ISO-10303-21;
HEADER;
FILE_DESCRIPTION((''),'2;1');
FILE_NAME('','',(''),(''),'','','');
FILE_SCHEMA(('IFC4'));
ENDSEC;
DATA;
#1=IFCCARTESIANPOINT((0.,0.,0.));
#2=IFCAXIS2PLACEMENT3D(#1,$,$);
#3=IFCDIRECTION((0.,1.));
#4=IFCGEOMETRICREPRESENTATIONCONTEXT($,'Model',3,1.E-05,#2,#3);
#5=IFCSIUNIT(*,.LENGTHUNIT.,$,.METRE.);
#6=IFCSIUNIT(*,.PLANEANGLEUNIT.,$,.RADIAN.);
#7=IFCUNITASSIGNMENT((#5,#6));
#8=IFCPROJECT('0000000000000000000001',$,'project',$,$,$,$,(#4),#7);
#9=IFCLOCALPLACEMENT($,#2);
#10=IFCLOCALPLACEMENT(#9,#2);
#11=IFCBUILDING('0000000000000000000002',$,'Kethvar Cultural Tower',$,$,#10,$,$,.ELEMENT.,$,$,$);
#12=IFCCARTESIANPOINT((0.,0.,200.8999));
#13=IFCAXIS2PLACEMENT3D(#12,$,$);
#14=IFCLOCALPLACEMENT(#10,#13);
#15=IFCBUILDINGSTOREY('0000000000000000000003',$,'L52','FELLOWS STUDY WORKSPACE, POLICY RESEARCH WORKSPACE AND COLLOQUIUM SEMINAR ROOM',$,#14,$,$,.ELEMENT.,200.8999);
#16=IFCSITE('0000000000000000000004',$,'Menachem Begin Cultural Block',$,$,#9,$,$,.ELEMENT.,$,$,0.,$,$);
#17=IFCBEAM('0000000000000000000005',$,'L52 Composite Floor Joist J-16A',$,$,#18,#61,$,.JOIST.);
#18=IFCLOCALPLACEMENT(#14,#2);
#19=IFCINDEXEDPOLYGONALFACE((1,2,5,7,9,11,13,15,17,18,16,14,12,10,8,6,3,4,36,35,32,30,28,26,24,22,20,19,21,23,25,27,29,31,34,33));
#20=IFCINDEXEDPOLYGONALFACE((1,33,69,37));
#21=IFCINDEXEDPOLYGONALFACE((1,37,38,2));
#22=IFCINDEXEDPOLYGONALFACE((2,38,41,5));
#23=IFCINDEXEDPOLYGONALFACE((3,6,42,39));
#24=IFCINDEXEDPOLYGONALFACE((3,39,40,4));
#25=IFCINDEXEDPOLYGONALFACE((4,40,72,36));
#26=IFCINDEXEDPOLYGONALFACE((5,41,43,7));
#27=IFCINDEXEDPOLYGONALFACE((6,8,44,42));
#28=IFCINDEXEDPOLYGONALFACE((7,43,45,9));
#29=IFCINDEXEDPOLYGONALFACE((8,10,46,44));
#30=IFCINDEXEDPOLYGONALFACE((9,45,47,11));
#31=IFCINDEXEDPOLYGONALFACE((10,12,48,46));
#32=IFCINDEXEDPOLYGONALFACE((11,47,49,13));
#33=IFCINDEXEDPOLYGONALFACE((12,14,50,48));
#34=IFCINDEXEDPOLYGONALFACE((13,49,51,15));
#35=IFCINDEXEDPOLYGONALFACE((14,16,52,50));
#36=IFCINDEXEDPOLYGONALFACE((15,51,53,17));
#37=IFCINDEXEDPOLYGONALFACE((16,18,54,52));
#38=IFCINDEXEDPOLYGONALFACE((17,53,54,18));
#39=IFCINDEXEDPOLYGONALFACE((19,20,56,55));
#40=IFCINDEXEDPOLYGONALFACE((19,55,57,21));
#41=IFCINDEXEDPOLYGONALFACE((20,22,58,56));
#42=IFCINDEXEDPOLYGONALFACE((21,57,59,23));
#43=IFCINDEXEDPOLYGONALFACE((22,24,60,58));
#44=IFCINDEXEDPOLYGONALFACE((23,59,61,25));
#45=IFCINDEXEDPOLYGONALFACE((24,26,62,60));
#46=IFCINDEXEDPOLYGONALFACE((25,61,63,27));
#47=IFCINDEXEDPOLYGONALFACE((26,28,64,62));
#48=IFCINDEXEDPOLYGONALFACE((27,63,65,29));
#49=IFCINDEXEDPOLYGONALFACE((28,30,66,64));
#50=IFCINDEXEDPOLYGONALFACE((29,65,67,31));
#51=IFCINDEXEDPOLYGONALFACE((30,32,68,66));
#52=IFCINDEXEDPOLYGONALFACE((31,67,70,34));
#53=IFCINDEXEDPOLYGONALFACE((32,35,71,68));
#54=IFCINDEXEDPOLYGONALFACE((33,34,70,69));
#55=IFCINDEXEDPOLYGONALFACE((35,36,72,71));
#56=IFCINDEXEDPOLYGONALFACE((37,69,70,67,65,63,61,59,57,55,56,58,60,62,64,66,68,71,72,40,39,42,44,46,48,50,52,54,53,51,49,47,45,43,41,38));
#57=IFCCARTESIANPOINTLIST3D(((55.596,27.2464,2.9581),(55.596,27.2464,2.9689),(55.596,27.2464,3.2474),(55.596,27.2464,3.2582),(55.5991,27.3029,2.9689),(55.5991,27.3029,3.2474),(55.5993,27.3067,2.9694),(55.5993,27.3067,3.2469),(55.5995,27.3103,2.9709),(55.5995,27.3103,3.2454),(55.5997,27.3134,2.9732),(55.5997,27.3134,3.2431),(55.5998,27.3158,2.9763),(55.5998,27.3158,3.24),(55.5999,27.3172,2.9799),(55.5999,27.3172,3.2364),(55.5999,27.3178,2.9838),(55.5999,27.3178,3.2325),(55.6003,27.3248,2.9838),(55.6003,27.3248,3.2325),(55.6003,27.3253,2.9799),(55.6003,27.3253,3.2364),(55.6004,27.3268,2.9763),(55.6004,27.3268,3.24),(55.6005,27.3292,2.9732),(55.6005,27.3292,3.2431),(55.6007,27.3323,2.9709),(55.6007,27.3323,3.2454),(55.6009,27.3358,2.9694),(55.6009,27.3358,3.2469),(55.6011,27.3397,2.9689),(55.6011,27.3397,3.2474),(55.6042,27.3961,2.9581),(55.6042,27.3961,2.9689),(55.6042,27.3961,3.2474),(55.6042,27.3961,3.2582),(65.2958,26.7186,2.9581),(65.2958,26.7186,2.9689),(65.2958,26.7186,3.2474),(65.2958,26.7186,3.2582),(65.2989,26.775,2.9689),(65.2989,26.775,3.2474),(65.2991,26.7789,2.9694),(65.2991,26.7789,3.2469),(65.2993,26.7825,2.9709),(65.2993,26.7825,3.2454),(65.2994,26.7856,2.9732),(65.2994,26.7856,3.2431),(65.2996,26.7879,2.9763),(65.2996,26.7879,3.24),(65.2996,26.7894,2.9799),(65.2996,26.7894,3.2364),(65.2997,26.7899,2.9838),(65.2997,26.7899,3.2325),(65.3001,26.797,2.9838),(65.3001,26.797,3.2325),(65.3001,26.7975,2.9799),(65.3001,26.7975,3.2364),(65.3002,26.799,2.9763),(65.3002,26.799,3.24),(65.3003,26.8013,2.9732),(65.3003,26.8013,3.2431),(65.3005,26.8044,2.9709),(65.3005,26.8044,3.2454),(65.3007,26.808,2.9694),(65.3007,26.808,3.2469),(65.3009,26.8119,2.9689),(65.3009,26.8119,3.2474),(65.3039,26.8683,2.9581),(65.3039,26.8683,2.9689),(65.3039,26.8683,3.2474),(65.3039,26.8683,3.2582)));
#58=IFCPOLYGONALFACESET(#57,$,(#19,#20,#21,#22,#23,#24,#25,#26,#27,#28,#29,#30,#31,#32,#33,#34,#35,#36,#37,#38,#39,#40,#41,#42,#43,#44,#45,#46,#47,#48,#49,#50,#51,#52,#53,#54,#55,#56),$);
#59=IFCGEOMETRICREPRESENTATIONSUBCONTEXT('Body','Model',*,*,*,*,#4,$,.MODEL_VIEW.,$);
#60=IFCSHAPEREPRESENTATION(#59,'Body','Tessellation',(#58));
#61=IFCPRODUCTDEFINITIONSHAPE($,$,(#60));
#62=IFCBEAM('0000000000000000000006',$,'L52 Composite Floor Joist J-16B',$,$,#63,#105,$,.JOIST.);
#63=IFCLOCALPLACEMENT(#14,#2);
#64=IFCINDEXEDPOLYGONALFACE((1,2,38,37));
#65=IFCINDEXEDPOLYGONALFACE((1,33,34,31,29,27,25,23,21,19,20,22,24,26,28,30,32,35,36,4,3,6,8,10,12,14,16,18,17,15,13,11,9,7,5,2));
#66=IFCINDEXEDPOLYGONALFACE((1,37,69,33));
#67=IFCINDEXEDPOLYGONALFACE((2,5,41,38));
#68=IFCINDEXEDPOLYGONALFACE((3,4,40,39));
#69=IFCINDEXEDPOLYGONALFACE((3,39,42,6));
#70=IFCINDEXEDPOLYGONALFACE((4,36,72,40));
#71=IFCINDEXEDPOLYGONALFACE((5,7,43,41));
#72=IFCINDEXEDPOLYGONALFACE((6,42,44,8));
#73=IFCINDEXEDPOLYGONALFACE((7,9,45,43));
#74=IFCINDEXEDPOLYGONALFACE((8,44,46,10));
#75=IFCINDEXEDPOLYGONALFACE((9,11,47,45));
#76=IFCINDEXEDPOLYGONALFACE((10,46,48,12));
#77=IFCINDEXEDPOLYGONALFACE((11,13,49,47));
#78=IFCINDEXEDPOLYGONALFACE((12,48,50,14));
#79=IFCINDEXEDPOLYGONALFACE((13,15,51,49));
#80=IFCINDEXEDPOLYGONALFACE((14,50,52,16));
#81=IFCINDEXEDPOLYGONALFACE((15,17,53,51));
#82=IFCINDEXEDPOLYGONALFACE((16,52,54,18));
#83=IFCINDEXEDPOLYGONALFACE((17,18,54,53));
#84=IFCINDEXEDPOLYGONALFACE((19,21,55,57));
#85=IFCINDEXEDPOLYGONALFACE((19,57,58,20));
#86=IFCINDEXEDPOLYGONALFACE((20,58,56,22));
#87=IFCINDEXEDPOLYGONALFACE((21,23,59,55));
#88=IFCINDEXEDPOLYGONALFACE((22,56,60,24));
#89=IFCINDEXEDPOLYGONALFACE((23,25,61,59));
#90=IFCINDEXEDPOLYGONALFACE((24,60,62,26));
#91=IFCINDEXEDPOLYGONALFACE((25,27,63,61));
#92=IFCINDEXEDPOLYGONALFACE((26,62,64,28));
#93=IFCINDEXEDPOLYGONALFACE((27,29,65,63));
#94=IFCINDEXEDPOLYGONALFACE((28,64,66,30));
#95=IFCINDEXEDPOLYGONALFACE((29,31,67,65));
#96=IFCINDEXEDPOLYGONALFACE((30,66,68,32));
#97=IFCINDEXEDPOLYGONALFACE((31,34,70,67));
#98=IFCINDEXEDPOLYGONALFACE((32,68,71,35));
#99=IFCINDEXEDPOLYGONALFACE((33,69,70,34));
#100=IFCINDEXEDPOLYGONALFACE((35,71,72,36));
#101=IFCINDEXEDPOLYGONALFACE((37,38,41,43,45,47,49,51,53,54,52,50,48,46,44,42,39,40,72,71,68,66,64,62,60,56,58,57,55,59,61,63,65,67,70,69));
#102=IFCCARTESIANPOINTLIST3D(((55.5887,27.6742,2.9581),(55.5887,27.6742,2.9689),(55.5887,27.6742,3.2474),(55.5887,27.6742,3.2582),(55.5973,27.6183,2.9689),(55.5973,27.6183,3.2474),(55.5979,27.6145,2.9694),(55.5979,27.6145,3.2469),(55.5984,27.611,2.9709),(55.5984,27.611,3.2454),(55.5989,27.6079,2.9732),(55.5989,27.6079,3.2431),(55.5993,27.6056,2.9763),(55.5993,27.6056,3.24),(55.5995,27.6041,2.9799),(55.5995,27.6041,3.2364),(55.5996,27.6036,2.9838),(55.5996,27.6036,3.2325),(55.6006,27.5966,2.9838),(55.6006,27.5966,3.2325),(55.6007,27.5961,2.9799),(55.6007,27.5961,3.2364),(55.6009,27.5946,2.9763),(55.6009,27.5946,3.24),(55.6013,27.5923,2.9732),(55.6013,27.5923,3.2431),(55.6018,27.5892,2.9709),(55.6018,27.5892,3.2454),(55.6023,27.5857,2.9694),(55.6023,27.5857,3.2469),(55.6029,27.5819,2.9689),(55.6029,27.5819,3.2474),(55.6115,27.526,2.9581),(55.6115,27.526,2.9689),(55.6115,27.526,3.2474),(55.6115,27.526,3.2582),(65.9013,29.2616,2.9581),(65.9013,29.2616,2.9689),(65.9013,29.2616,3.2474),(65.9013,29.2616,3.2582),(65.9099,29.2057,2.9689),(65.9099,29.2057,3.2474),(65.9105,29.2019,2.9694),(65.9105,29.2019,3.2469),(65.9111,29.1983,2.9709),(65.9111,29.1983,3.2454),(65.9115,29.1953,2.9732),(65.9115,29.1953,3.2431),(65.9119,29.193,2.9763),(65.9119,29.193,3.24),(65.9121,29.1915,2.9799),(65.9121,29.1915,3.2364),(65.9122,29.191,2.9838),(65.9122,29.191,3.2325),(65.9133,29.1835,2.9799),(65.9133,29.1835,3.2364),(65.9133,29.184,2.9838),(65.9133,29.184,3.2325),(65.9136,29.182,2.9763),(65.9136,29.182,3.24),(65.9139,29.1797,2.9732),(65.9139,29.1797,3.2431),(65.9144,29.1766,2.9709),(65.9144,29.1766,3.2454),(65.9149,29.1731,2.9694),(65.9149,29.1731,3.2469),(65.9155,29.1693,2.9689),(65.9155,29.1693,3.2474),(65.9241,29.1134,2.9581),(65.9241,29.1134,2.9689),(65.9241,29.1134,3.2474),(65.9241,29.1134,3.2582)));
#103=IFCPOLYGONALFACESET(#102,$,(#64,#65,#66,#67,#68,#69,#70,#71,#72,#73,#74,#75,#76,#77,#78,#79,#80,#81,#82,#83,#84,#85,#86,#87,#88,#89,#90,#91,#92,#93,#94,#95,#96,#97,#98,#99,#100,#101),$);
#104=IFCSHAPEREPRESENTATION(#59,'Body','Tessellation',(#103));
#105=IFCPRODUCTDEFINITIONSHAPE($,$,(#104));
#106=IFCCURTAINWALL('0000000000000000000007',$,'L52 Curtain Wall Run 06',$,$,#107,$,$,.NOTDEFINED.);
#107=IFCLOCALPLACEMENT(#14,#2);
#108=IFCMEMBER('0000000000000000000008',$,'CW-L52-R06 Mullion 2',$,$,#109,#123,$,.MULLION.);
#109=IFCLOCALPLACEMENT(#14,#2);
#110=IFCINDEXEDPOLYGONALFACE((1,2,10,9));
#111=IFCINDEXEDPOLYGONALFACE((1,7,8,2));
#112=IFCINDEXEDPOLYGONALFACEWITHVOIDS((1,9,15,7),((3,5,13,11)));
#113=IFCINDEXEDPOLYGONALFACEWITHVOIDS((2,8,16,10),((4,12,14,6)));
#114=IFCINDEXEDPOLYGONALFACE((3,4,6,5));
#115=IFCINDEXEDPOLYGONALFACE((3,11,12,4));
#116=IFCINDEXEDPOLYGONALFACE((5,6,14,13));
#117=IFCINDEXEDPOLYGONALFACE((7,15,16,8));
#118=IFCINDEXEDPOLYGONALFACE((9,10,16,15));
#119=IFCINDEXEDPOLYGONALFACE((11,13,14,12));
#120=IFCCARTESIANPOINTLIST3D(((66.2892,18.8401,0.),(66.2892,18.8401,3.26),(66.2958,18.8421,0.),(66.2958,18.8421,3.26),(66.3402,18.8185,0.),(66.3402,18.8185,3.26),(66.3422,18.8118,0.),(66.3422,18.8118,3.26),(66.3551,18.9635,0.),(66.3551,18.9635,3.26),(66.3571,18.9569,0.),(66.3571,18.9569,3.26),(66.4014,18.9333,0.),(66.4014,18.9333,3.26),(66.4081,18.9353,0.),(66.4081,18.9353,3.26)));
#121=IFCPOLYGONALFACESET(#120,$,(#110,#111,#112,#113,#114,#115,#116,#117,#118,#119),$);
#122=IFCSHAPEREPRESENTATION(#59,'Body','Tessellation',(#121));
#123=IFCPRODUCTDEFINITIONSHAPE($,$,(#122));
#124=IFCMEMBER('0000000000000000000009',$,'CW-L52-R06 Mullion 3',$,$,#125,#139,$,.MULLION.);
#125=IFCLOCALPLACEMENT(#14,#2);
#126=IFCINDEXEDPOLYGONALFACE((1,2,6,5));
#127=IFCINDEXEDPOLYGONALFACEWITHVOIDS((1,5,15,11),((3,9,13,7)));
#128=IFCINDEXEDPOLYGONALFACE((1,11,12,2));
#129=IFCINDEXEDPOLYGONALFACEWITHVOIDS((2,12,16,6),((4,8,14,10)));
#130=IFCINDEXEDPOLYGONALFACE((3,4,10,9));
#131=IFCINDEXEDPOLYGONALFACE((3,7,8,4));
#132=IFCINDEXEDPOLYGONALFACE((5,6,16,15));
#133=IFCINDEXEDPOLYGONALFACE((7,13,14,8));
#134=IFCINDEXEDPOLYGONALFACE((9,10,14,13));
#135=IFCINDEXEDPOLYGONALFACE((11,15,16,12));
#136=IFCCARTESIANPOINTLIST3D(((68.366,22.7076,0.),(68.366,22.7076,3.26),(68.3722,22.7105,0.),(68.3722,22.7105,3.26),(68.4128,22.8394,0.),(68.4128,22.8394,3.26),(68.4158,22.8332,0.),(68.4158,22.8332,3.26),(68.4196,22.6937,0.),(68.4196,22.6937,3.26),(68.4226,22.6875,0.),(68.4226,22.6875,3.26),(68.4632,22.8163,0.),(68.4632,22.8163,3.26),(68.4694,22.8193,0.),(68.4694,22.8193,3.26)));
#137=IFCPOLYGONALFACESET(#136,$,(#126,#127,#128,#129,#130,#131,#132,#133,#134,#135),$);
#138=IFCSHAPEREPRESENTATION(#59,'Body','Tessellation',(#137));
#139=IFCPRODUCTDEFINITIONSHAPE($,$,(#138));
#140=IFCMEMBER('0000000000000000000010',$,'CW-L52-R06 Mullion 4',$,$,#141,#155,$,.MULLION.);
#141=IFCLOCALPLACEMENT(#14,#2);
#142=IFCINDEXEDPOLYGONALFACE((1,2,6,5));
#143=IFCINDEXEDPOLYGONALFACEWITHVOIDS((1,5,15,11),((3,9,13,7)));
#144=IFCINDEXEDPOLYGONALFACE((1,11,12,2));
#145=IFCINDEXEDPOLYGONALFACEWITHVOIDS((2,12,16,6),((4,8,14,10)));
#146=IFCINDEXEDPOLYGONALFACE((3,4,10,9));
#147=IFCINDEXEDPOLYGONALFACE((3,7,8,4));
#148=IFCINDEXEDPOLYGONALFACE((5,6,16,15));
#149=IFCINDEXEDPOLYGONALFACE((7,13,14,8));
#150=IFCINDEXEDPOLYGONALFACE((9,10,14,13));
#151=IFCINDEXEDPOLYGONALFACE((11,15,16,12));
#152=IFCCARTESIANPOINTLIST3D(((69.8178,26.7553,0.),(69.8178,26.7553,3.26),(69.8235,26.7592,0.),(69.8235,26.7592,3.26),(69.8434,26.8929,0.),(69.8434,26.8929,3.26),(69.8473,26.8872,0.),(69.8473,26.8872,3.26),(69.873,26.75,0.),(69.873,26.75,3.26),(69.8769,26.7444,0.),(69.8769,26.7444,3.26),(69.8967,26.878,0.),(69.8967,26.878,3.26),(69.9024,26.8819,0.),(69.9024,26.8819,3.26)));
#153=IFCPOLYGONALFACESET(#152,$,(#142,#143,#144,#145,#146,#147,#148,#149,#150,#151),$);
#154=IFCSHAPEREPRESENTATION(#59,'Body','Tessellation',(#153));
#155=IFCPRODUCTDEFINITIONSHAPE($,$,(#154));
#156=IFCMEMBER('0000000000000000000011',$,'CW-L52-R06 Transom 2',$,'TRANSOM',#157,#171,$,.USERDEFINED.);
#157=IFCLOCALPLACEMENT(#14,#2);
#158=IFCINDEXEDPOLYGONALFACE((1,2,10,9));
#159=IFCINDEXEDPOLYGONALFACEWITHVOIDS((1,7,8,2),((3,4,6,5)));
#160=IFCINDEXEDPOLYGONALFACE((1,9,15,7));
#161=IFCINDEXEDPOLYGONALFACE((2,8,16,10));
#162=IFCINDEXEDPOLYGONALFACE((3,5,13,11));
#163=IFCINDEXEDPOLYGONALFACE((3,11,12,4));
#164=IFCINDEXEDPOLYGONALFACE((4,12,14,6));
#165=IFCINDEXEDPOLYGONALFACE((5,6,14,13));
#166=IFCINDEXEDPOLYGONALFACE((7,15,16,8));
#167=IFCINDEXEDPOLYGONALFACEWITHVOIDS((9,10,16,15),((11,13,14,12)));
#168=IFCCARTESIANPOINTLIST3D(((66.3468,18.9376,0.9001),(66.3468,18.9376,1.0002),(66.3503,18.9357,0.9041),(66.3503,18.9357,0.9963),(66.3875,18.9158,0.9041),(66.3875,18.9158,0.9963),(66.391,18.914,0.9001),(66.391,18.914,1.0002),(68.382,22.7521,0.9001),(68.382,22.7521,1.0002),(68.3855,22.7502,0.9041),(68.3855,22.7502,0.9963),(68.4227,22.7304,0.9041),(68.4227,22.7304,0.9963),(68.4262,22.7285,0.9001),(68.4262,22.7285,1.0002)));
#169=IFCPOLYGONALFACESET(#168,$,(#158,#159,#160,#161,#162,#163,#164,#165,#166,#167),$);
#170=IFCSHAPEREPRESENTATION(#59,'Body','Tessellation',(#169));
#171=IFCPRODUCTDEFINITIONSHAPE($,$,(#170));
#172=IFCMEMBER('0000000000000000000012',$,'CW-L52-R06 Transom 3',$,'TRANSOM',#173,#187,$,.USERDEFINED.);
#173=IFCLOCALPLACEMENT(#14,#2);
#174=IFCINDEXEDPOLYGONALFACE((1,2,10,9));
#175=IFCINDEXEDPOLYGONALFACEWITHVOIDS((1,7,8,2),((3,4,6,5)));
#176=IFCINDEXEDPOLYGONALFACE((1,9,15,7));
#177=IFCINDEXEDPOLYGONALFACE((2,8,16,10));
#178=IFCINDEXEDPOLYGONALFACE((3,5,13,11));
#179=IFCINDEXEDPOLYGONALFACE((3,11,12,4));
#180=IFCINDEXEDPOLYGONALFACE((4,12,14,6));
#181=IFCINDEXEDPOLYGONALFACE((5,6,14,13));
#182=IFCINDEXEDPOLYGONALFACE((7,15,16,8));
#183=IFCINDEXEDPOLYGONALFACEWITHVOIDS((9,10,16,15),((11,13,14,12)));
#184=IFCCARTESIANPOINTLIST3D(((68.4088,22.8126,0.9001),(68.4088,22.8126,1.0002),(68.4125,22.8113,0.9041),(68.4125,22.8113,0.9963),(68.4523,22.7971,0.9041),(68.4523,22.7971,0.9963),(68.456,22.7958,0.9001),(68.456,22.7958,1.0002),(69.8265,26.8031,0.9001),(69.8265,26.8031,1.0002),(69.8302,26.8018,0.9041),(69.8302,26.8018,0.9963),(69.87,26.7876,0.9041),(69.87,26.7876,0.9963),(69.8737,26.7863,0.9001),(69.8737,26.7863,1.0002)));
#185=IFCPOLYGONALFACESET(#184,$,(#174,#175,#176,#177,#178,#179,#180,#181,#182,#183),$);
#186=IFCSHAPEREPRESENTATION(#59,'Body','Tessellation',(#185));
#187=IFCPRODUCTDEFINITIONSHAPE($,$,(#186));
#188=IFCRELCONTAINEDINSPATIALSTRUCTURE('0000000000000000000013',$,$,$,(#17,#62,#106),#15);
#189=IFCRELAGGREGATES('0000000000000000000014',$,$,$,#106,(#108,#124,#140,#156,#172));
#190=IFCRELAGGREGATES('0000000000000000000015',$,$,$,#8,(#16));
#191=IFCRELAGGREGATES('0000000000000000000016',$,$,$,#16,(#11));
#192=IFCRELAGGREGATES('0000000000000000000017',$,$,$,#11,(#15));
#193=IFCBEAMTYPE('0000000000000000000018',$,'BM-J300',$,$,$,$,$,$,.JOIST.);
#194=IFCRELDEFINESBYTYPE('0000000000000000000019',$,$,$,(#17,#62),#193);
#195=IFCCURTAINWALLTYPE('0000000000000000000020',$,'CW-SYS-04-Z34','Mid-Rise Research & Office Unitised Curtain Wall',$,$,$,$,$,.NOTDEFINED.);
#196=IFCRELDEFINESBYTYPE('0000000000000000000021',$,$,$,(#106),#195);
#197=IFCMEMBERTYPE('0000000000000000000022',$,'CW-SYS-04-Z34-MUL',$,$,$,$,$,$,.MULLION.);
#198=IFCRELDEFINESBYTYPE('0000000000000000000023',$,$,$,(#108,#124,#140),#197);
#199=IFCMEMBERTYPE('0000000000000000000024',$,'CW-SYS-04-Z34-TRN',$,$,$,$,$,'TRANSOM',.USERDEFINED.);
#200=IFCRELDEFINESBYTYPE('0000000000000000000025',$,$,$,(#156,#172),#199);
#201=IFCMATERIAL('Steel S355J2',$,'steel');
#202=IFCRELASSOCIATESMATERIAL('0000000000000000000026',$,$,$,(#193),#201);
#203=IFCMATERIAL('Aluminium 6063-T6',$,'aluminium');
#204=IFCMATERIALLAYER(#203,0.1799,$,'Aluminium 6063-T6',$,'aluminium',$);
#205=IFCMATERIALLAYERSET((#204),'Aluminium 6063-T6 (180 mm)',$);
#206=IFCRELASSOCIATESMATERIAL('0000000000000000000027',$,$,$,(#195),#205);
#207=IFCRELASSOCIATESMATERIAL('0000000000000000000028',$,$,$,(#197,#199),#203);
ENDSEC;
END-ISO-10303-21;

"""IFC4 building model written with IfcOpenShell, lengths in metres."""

from ifc_helpers import new_model, si_unit, direction, frame, origin, origin_2d, place, context, subcontext, project, spatial, hollow_rectangle, i_section, extrude, source, transform, mapped, material, layer, layer_set, material_profile, profile_set, type_object, element, aggregate, save


model = new_model("IFC4")

# Units and contexts
model_context = context("Model", 3, precision=1e-05, world=origin(), true_north=direction((0.0, 1.0)))
body_context = subcontext(model_context, "Body", "Model", "MODEL_VIEW")
ifc_project = project(units=[si_unit("LENGTHUNIT", "METRE"), si_unit("PLANEANGLEUNIT", "RADIAN")], contexts=[model_context])

# Site, building, storey
site_placement = place(None, origin())
site = spatial("IfcSite", under=ifc_project, at=site_placement, Name="Menachem Begin Cultural Block", CompositionType="ELEMENT", RefElevation=0.0)
building_placement = place(site_placement, origin())
building = spatial("IfcBuilding", under=site, at=building_placement, Name="Kethvar Cultural Tower", CompositionType="ELEMENT")
storey_placement = place(building_placement, frame((0.0, 0.0, 200.8999)))
storey = spatial("IfcBuildingStorey", under=building, at=storey_placement, Name="L52", Description="FELLOWS STUDY WORKSPACE, POLICY RESEARCH WORKSPACE AND COLLOQUIUM SEMINAR ROOM", CompositionType="ELEMENT", Elevation=200.8999)

# Beams
ifc_material_1 = material(Name="Steel S355J2", Category="steel")
ifc_material_profile_1 = material_profile(ifc_material_1, i_section(OverallWidth=0.1499, OverallDepth=0.3, WebThickness=0.0071, FlangeThickness=0.0107, FilletRadius=0.0149, at=origin_2d()), Name="Steel S355J2 — IPE300")
ifc_profile_set_1 = profile_set([ifc_material_profile_1], Name="Steel S355J2 — IPE300")
beam_type_1 = type_object("IfcBeamType", Name="BM-J300", PredefinedType="JOIST", material=ifc_profile_set_1)
shared_shape_1 = source(origin(), body_context, "Body", "SweptSolid", [
    extrude(i_section(OverallWidth=0.1499, OverallDepth=0.3, WebThickness=0.0071, FlangeThickness=0.0107, FilletRadius=0.0149, at=origin_2d()), origin(), (0.0, 0.0, 1.0), 9.7141),
])
beam_1_placement = place(storey_placement, frame((55.6001, 27.3213, 3.1082), z_axis=(0.998523, -0.054337, 0.0), x_axis=(0.054337, 0.998523, 0.0)))
element("IfcBeam", 1, at=beam_1_placement, inside=storey, type_object=beam_type_1, Name="L52 Composite Floor Joist J-16A", PredefinedType="JOIST", context=body_context, shape_type="MappedRepresentation", body=[
    mapped(shared_shape_1, transform((0.0, 0.0, 0.0), scale=1.0)),
])
shared_shape_2 = source(origin(), body_context, "Body", "SweptSolid", [
    extrude(i_section(OverallWidth=0.1499, OverallDepth=0.3, WebThickness=0.0071, FlangeThickness=0.0107, FilletRadius=0.0149, at=origin_2d()), origin(), (0.0, 0.0, 1.0), 10.4341),
])
beam_2_placement = place(storey_placement, frame((55.6001, 27.6001, 3.1082), z_axis=(0.98836, 0.152135, 0.0), x_axis=(-0.152135, 0.98836, 0.0)))
element("IfcBeam", 2, at=beam_2_placement, inside=storey, type_object=beam_type_1, Name="L52 Composite Floor Joist J-16B", PredefinedType="JOIST", context=body_context, shape_type="MappedRepresentation", body=[
    mapped(shared_shape_2, transform((0.0, 0.0, 0.0), scale=1.0)),
])

# Curtain wall, members
ifc_material_2 = material(Name="Aluminium 6063-T6", Category="aluminium")
ifc_layer_1 = layer(ifc_material_2, 0.1799, Name="Aluminium 6063-T6", Category="aluminium")
ifc_layer_set_1 = layer_set([ifc_layer_1], Name="Aluminium 6063-T6 (180 mm)")
curtain_wall_type = type_object("IfcCurtainWallType", Name="CW-SYS-04-Z34", Description="Mid-Rise Research & Office Unitised Curtain Wall", PredefinedType="NOTDEFINED", material=ifc_layer_set_1)
curtain_wall_placement = place(storey_placement, origin())
curtain_wall = element("IfcCurtainWall", 3, at=curtain_wall_placement, inside=storey, type_object=curtain_wall_type, Name="L52 Curtain Wall Run 06", PredefinedType="NOTDEFINED")
ifc_material_profile_2 = material_profile(ifc_material_2, hollow_rectangle(XDim=0.0601, YDim=0.1399, WallThickness=0.0049, at=origin_2d()), Name="Aluminium 6063-T6 — RHS140x60x5")
ifc_profile_set_2 = profile_set([ifc_material_profile_2], Name="Aluminium 6063-T6 — RHS140x60x5")
member_type_1 = type_object("IfcMemberType", Name="CW-SYS-04-Z34-MUL", PredefinedType="MULLION", material=ifc_profile_set_2)
shared_shape_3 = source(origin(), body_context, "Body", "SweptSolid", [
    extrude(hollow_rectangle(XDim=0.0601, YDim=0.1399, WallThickness=0.0049, at=origin_2d()), origin(), (0.0, 0.0, 1.0), 3.26),
])
member_1_placement = place(storey_placement, frame((66.3486, 18.8877, 0.0), z_axis=(0.0, 0.0, 1.0), x_axis=(-0.882275, 0.470735, 0.0)))
member_1 = element("IfcMember", 4, at=member_1_placement, type_object=member_type_1, Name="CW-L52-R06 Mullion 2", PredefinedType="MULLION", context=body_context, shape_type="MappedRepresentation", body=[
    mapped(shared_shape_3, transform((0.0, 0.0, 0.0), scale=1.0)),
])
member_2_placement = place(storey_placement, frame((68.4177, 22.7634, 0.0), z_axis=(0.0, 0.0, 1.0), x_axis=(-0.942297, 0.334777, 0.0)))
member_2 = element("IfcMember", 5, at=member_2_placement, type_object=member_type_1, Name="CW-L52-R06 Mullion 3", PredefinedType="MULLION", context=body_context, shape_type="MappedRepresentation", body=[
    mapped(shared_shape_3, transform((0.0, 0.0, 0.0), scale=1.0)),
])
member_3_placement = place(storey_placement, frame((69.8601, 26.8186, 0.0), z_axis=(0.0, 0.0, 1.0), x_axis=(-0.983194, 0.182562, 0.0)))
member_3 = element("IfcMember", 6, at=member_3_placement, type_object=member_type_1, Name="CW-L52-R06 Mullion 4", PredefinedType="MULLION", context=body_context, shape_type="MappedRepresentation", body=[
    mapped(shared_shape_3, transform((0.0, 0.0, 0.0), scale=1.0)),
])
ifc_material_profile_3 = material_profile(ifc_material_2, hollow_rectangle(XDim=0.05, YDim=0.1001, WallThickness=0.0039, at=origin_2d()), Name="Aluminium 6063-T6 — RHS100x50x4")
ifc_profile_set_3 = profile_set([ifc_material_profile_3], Name="Aluminium 6063-T6 — RHS100x50x4")
member_type_2 = type_object("IfcMemberType", Name="CW-SYS-04-Z34-TRN", ElementType="TRANSOM", PredefinedType="USERDEFINED", material=ifc_profile_set_3)
shared_shape_4 = source(origin(), body_context, "Body", "SweptSolid", [
    extrude(hollow_rectangle(XDim=0.05, YDim=0.1001, WallThickness=0.0039, at=origin_2d()), origin(), (0.0, 0.0, 1.0), 4.3235),
])
member_4_placement = place(storey_placement, frame((66.3689, 18.9258, 0.9502), z_axis=(0.470729, 0.882278, 0.0), x_axis=(-0.882278, 0.470729, 0.0)))
member_4 = element("IfcMember", 7, at=member_4_placement, type_object=member_type_2, Name="CW-L52-R06 Transom 2", ObjectType="TRANSOM", PredefinedType="USERDEFINED", context=body_context, shape_type="MappedRepresentation", body=[
    mapped(shared_shape_4, transform((0.0, 0.0, 0.0), scale=1.0)),
])
shared_shape_5 = source(origin(), body_context, "Body", "SweptSolid", [
    extrude(hollow_rectangle(XDim=0.05, YDim=0.1001, WallThickness=0.0039, at=origin_2d()), origin(), (0.0, 0.0, 1.0), 4.2349),
])
member_5_placement = place(storey_placement, frame((68.4324, 22.8042, 0.9502), z_axis=(0.334777, 0.942298, 0.0), x_axis=(-0.942298, 0.334777, 0.0)))
member_5 = element("IfcMember", 8, at=member_5_placement, type_object=member_type_2, Name="CW-L52-R06 Transom 3", ObjectType="TRANSOM", PredefinedType="USERDEFINED", context=body_context, shape_type="MappedRepresentation", body=[
    mapped(shared_shape_5, transform((0.0, 0.0, 0.0), scale=1.0)),
])
aggregate(curtain_wall, [member_1, member_2, member_3, member_4, member_5])

save(model, "model.ifc")
